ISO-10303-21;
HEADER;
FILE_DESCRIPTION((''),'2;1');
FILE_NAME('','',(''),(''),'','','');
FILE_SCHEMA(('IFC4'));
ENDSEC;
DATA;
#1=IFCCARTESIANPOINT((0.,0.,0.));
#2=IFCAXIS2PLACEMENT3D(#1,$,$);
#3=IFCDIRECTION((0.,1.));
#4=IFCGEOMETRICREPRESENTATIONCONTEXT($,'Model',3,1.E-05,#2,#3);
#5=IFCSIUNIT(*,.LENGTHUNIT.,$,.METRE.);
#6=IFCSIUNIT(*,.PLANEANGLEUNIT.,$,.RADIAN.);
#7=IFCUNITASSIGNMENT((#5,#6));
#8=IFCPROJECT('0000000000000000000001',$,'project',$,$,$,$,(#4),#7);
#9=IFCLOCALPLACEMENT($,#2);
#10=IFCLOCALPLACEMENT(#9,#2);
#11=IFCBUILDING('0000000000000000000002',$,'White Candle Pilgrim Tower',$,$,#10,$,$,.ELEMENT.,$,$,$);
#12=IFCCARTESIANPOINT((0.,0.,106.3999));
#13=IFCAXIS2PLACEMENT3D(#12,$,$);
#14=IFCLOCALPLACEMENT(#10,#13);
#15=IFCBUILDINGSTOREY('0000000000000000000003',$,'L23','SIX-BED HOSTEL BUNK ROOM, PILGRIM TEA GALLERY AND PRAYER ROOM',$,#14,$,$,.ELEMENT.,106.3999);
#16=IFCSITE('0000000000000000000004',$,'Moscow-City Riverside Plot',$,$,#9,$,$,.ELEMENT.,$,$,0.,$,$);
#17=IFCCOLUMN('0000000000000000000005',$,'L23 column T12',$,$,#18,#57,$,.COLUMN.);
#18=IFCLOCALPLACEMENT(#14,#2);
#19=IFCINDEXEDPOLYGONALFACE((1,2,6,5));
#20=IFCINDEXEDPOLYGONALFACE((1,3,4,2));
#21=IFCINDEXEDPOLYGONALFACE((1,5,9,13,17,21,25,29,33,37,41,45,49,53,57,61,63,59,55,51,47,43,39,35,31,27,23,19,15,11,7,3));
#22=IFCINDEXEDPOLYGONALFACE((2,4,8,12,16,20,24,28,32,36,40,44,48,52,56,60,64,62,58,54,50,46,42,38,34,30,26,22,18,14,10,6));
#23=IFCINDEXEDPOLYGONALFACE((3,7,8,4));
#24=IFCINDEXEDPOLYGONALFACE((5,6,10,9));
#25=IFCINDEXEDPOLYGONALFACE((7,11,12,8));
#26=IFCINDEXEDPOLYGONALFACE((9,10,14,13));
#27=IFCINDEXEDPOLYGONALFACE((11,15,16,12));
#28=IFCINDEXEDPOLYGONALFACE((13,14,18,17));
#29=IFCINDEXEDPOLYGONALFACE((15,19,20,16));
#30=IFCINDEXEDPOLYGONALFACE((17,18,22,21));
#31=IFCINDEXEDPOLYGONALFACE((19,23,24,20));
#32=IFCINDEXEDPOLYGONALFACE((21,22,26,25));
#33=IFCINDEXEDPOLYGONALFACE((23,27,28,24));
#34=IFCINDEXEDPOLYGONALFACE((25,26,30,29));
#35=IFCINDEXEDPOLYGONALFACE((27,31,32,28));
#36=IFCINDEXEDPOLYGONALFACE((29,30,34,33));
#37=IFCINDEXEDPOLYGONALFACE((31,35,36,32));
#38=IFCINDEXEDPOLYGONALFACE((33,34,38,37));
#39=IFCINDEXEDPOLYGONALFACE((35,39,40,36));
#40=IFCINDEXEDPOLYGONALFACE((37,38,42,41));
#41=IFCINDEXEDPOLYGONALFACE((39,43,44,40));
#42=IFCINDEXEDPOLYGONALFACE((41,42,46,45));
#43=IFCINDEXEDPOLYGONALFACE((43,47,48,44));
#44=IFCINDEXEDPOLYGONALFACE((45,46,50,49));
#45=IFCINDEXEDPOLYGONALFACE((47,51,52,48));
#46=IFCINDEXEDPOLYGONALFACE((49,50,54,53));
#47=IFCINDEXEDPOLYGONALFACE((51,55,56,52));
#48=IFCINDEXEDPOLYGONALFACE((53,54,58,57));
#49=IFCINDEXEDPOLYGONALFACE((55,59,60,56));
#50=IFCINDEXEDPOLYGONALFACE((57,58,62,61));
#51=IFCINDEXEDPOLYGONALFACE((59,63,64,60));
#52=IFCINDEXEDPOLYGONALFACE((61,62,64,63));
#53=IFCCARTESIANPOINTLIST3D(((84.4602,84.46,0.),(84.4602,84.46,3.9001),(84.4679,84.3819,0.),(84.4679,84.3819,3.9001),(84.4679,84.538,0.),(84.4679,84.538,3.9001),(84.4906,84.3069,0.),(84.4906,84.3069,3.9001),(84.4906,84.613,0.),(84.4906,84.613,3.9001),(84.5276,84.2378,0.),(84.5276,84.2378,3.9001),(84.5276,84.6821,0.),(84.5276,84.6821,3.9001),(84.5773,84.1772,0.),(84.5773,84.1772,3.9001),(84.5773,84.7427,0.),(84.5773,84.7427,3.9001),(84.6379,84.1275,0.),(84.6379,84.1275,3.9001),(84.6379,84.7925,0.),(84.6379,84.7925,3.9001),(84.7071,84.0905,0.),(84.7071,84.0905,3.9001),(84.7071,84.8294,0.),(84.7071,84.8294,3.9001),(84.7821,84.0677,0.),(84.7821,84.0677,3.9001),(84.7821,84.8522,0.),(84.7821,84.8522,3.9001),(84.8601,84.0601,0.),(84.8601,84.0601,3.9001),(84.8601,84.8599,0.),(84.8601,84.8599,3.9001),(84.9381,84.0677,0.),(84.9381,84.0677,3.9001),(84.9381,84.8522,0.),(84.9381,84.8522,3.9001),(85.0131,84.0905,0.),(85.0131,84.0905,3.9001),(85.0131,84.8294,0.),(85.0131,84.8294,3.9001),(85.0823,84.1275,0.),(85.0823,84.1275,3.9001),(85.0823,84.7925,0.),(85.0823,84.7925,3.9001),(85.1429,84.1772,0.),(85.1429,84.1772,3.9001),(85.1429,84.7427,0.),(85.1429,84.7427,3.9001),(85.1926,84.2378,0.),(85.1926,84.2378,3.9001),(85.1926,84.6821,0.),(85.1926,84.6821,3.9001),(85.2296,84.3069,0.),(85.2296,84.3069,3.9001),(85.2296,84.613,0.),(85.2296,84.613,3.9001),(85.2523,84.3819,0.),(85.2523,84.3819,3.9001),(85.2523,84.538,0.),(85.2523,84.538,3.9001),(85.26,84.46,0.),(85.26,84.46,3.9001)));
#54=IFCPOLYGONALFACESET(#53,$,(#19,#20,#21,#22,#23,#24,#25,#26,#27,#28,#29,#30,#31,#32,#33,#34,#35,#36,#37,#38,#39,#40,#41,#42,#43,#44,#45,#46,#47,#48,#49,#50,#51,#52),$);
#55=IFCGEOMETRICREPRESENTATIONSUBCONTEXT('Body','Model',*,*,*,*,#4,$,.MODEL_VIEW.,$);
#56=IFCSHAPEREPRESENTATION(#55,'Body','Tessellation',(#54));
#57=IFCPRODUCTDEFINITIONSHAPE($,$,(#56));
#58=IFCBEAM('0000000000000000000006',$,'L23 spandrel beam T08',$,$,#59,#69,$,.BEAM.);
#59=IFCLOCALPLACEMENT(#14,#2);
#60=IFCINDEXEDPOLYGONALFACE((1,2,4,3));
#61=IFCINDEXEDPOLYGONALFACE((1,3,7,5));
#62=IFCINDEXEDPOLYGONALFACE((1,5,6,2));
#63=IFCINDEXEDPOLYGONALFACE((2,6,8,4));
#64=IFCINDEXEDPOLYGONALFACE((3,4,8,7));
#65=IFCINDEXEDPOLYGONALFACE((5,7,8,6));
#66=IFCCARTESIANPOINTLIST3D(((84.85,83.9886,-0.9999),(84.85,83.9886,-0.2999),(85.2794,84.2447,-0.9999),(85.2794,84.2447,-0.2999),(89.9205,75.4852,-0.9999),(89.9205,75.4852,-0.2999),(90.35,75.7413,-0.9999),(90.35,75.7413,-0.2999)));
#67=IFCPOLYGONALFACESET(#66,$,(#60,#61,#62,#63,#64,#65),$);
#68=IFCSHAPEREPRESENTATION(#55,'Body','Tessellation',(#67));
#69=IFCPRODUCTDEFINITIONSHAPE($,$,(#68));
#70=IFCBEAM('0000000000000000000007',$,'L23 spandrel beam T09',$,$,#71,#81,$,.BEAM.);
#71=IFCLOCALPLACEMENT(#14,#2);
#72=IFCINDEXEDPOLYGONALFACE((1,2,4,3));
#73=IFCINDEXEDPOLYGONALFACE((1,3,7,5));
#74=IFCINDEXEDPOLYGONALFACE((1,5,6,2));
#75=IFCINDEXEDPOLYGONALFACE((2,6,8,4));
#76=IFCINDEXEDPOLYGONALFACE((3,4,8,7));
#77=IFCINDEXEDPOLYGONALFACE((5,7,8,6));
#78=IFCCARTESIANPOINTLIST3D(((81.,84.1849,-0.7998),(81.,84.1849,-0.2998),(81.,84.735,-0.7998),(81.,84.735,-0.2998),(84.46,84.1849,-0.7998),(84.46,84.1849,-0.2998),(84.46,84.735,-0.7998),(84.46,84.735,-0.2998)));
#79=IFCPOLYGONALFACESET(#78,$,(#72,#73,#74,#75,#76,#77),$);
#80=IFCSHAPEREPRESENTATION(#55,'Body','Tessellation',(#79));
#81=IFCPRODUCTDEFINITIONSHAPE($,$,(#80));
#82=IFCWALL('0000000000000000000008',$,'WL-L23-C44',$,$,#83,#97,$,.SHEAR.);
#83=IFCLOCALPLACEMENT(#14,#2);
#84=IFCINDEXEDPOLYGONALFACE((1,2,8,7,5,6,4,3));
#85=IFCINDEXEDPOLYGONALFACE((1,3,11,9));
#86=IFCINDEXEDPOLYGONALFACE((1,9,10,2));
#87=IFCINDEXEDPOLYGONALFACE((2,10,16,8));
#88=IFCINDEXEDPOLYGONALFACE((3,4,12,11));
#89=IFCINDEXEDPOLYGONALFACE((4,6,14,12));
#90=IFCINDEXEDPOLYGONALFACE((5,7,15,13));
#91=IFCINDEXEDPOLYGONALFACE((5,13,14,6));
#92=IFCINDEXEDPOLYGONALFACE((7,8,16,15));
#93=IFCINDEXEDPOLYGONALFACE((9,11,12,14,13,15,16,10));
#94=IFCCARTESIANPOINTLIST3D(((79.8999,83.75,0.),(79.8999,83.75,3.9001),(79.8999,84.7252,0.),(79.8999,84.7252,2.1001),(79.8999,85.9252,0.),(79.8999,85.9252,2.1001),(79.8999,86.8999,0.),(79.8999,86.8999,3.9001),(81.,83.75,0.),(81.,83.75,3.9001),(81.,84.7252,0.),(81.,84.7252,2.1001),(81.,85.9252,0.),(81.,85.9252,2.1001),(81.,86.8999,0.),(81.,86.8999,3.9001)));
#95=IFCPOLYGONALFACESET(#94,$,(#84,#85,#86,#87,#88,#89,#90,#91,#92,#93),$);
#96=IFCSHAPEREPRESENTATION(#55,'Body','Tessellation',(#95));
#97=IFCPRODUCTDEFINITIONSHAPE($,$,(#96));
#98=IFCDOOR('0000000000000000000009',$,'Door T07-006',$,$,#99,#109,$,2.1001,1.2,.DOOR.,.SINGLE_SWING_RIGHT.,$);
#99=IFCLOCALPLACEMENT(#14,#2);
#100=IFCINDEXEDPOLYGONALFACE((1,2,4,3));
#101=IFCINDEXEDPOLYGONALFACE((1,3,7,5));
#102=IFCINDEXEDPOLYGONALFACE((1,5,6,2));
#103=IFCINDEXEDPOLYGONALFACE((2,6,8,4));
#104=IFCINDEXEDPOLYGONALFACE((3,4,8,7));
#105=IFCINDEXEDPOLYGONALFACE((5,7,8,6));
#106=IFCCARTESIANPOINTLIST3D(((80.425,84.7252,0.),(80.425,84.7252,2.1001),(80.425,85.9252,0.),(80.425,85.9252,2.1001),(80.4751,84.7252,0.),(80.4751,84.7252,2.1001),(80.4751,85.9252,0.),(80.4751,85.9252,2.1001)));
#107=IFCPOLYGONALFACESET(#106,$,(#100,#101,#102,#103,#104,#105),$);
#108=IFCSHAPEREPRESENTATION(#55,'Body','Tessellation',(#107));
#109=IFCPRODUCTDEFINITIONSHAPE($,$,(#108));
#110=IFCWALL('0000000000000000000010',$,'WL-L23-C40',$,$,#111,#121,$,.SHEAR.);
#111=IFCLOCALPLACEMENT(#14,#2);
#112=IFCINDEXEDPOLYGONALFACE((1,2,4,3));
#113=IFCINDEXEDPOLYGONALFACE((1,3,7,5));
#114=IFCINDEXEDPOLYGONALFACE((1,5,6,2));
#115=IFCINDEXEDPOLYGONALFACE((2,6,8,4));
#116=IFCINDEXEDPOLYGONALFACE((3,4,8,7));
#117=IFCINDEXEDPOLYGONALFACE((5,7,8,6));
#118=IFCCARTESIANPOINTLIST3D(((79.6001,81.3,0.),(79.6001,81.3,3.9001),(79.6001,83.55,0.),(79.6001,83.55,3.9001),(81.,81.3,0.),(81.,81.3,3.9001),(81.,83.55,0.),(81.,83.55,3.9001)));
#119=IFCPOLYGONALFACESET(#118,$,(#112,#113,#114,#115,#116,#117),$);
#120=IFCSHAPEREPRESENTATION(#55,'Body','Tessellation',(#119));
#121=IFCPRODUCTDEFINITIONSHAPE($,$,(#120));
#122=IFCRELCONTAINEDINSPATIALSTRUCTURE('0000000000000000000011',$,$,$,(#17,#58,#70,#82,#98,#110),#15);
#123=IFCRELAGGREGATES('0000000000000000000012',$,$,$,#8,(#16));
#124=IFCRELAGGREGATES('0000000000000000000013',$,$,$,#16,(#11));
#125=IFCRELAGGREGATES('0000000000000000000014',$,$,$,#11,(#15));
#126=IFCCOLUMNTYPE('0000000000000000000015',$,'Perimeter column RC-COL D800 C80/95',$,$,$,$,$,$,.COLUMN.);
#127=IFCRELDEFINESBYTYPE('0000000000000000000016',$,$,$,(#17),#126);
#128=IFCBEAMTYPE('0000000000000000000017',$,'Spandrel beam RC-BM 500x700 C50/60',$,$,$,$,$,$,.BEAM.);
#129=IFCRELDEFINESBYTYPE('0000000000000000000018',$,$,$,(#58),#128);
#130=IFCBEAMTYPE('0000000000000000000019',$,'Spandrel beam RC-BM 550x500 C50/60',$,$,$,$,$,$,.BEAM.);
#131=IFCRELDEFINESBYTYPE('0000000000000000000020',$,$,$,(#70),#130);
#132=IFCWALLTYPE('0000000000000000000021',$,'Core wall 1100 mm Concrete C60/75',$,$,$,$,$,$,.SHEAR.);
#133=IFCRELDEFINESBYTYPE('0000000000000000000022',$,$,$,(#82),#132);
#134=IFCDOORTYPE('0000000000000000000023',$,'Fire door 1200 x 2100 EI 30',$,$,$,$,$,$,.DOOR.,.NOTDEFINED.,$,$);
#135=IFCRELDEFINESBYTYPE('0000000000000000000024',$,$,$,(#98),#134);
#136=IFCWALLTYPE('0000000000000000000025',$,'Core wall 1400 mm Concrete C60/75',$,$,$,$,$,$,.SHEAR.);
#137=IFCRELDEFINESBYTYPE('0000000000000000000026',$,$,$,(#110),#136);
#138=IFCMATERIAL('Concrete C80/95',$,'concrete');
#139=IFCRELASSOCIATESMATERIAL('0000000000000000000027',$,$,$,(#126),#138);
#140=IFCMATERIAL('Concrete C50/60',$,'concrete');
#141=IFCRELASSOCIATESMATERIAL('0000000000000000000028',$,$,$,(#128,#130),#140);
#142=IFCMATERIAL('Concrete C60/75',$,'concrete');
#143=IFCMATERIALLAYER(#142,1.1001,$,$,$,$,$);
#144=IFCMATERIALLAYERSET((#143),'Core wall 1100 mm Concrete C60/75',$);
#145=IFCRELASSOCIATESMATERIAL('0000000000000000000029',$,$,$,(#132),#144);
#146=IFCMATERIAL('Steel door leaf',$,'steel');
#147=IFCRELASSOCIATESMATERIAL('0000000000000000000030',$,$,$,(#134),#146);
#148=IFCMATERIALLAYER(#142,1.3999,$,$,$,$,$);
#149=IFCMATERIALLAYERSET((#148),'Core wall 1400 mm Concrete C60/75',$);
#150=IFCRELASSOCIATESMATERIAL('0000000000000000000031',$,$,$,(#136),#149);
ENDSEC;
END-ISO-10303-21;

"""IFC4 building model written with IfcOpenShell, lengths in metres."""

from ifc_helpers import new_model, si_unit, direction, frame, frame_2d, origin, origin_2d, place, context, subcontext, project, spatial, rectangle, circle, extrude, material, layer, layer_set, material_profile, profile_set, type_object, element, fill, save


model = new_model("IFC4")

# Units and contexts
model_context = context("Model", 3, precision=1e-05, world=origin(), true_north=direction((0.0, 1.0)))
body_context = subcontext(model_context, "Body", "Model", "MODEL_VIEW")
ifc_project = project(units=[si_unit("LENGTHUNIT", "METRE"), si_unit("PLANEANGLEUNIT", "RADIAN")], contexts=[model_context])

# Site, building, storey
site_placement = place(None, origin())
site = spatial("IfcSite", under=ifc_project, at=site_placement, Name="Moscow-City Riverside Plot", CompositionType="ELEMENT", RefElevation=0.0)
building_placement = place(site_placement, origin())
building = spatial("IfcBuilding", under=site, at=building_placement, Name="White Candle Pilgrim Tower", CompositionType="ELEMENT")
storey_placement = place(building_placement, frame((0.0, 0.0, 106.3999)))
storey = spatial("IfcBuildingStorey", under=building, at=storey_placement, Name="L23", Description="SIX-BED HOSTEL BUNK ROOM, PILGRIM TEA GALLERY AND PRAYER ROOM", CompositionType="ELEMENT", Elevation=106.3999)

# Column
ifc_material_1 = material(Name="Concrete C80/95", Category="concrete")
ifc_material_profile_1 = material_profile(ifc_material_1, circle(Radius=0.3999, at=origin_2d()), Name="RC-COL D800")
ifc_profile_set_1 = profile_set([ifc_material_profile_1], Name="Concrete C80/95")
column_type = type_object("IfcColumnType", Name="Perimeter column RC-COL D800 C80/95", PredefinedType="COLUMN", material=ifc_profile_set_1)
column_placement = place(storey_placement, frame((84.8601, 84.46, 0.0), z_axis=(0.0, 0.0, 1.0), x_axis=(1.0, 0.0, 0.0)))
element("IfcColumn", 1, at=column_placement, inside=storey, type_object=column_type, Name="L23 column T12", PredefinedType="COLUMN", context=body_context, shape_type="SweptSolid", body=[
    extrude(circle(Radius=0.3999, at=origin_2d()), origin(), (0.0, 0.0, 1.0), 3.9001),
])

# Beams
ifc_material_2 = material(Name="Concrete C50/60", Category="concrete")
ifc_material_profile_2 = material_profile(ifc_material_2, rectangle(XDim=0.5, YDim=0.7, at=origin_2d()), Name="RC-BM 500x700")
ifc_profile_set_2 = profile_set([ifc_material_profile_2], Name="Concrete C50/60")
beam_type_1 = type_object("IfcBeamType", Name="Spandrel beam RC-BM 500x700 C50/60", PredefinedType="BEAM", material=ifc_profile_set_2)
beam_1_placement = place(storey_placement, frame((90.1353, 75.6133, -0.6499), z_axis=(-0.512155, 0.858893, 0.0), x_axis=(-0.858893, -0.512155, 0.0)))
element("IfcBeam", 2, at=beam_1_placement, inside=storey, type_object=beam_type_1, Name="L23 spandrel beam T08", PredefinedType="BEAM", context=body_context, shape_type="SweptSolid", body=[
    extrude(rectangle(XDim=0.5, YDim=0.7, at=origin_2d()), origin(), (0.0, 0.0, 1.0), 9.9004),
])
ifc_material_profile_3 = material_profile(ifc_material_2, rectangle(XDim=0.55, YDim=0.5, at=origin_2d()), Name="RC-BM 550x500")
ifc_profile_set_3 = profile_set([ifc_material_profile_3], Name="Concrete C50/60")
beam_type_2 = type_object("IfcBeamType", Name="Spandrel beam RC-BM 550x500 C50/60", PredefinedType="BEAM", material=ifc_profile_set_3)
beam_2_placement = place(storey_placement, frame((84.46, 84.46, -0.5498), z_axis=(-1.0, 0.0, 0.0), x_axis=(0.0, -1.0, 0.0)))
element("IfcBeam", 3, at=beam_2_placement, inside=storey, type_object=beam_type_2, Name="L23 spandrel beam T09", PredefinedType="BEAM", context=body_context, shape_type="SweptSolid", body=[
    extrude(rectangle(XDim=0.55, YDim=0.5, at=origin_2d()), origin(), (0.0, 0.0, 1.0), 3.46),
])

# Wall, opening, door
ifc_material_3 = material(Name="Concrete C60/75", Category="concrete")
ifc_layer_1 = layer(ifc_material_3, 1.1001)
ifc_layer_set_1 = layer_set([ifc_layer_1], Name="Core wall 1100 mm Concrete C60/75")
wall_type_1 = type_object("IfcWallType", Name="Core wall 1100 mm Concrete C60/75", PredefinedType="SHEAR", material=ifc_layer_set_1)
wall_1_placement = place(storey_placement, frame((80.45, 83.75, 0.0), z_axis=(0.0, 0.0, 1.0), x_axis=(0.0, 1.0, 0.0)))
wall_1 = element("IfcWall", 4, at=wall_1_placement, inside=storey, type_object=wall_type_1, Name="WL-L23-C44", PredefinedType="SHEAR", context=body_context, shape_type="SweptSolid", body=[
    extrude(rectangle(XDim=3.1499, YDim=1.1001, at=frame_2d((1.575, 0.0))), origin(), (0.0, 0.0, 1.0), 3.9001),
])
opening_1_placement = place(wall_1_placement, frame((0.9751, 0.0, 0.0)))
opening_1 = element("IfcOpeningElement", 5, at=opening_1_placement, cuts=wall_1, PredefinedType="OPENING", context=body_context, shape_type="SweptSolid", body=[
    extrude(rectangle(XDim=1.2, YDim=2.1001, at=frame_2d((0.6001, 1.05))), frame((0.0, 0.5601, 0.0), z_axis=(0.0, -1.0, 0.0), x_axis=(1.0, 0.0, 0.0)), (0.0, 0.0, 1.0), 1.1201),
])
ifc_material_4 = material(Name="Steel door leaf", Category="steel")
door_type_1 = type_object("IfcDoorType", Name="Fire door 1200 x 2100 EI 30", OperationType="NOTDEFINED", PredefinedType="DOOR", material=ifc_material_4)
door_1_placement = place(opening_1_placement, origin())
door_1 = element("IfcDoor", 6, at=door_1_placement, inside=storey, type_object=door_type_1, Name="Door T07-006", OperationType="SINGLE_SWING_RIGHT", OverallHeight=2.1001, OverallWidth=1.2, PredefinedType="DOOR", context=body_context, shape_type="SweptSolid", body=[
    extrude(rectangle(XDim=1.2, YDim=2.1001, at=frame_2d((0.6001, 1.05))), frame((0.0, 0.0249, 0.0), z_axis=(0.0, -1.0, 0.0), x_axis=(1.0, 0.0, 0.0)), (0.0, 0.0, 1.0), 0.05),
])
fill(opening_1, door_1)

# Wall
ifc_layer_2 = layer(ifc_material_3, 1.3999)
ifc_layer_set_2 = layer_set([ifc_layer_2], Name="Core wall 1400 mm Concrete C60/75")
wall_type_2 = type_object("IfcWallType", Name="Core wall 1400 mm Concrete C60/75", PredefinedType="SHEAR", material=ifc_layer_set_2)
wall_2_placement = place(storey_placement, frame((80.3, 81.3, 0.0), z_axis=(0.0, 0.0, 1.0), x_axis=(0.0, 1.0, 0.0)))
element("IfcWall", 7, at=wall_2_placement, inside=storey, type_object=wall_type_2, Name="WL-L23-C40", PredefinedType="SHEAR", context=body_context, shape_type="SweptSolid", body=[
    extrude(rectangle(XDim=2.25, YDim=1.3999, at=frame_2d((1.125, 0.0))), origin(), (0.0, 0.0, 1.0), 3.9001),
])

save(model, "model.ifc")
